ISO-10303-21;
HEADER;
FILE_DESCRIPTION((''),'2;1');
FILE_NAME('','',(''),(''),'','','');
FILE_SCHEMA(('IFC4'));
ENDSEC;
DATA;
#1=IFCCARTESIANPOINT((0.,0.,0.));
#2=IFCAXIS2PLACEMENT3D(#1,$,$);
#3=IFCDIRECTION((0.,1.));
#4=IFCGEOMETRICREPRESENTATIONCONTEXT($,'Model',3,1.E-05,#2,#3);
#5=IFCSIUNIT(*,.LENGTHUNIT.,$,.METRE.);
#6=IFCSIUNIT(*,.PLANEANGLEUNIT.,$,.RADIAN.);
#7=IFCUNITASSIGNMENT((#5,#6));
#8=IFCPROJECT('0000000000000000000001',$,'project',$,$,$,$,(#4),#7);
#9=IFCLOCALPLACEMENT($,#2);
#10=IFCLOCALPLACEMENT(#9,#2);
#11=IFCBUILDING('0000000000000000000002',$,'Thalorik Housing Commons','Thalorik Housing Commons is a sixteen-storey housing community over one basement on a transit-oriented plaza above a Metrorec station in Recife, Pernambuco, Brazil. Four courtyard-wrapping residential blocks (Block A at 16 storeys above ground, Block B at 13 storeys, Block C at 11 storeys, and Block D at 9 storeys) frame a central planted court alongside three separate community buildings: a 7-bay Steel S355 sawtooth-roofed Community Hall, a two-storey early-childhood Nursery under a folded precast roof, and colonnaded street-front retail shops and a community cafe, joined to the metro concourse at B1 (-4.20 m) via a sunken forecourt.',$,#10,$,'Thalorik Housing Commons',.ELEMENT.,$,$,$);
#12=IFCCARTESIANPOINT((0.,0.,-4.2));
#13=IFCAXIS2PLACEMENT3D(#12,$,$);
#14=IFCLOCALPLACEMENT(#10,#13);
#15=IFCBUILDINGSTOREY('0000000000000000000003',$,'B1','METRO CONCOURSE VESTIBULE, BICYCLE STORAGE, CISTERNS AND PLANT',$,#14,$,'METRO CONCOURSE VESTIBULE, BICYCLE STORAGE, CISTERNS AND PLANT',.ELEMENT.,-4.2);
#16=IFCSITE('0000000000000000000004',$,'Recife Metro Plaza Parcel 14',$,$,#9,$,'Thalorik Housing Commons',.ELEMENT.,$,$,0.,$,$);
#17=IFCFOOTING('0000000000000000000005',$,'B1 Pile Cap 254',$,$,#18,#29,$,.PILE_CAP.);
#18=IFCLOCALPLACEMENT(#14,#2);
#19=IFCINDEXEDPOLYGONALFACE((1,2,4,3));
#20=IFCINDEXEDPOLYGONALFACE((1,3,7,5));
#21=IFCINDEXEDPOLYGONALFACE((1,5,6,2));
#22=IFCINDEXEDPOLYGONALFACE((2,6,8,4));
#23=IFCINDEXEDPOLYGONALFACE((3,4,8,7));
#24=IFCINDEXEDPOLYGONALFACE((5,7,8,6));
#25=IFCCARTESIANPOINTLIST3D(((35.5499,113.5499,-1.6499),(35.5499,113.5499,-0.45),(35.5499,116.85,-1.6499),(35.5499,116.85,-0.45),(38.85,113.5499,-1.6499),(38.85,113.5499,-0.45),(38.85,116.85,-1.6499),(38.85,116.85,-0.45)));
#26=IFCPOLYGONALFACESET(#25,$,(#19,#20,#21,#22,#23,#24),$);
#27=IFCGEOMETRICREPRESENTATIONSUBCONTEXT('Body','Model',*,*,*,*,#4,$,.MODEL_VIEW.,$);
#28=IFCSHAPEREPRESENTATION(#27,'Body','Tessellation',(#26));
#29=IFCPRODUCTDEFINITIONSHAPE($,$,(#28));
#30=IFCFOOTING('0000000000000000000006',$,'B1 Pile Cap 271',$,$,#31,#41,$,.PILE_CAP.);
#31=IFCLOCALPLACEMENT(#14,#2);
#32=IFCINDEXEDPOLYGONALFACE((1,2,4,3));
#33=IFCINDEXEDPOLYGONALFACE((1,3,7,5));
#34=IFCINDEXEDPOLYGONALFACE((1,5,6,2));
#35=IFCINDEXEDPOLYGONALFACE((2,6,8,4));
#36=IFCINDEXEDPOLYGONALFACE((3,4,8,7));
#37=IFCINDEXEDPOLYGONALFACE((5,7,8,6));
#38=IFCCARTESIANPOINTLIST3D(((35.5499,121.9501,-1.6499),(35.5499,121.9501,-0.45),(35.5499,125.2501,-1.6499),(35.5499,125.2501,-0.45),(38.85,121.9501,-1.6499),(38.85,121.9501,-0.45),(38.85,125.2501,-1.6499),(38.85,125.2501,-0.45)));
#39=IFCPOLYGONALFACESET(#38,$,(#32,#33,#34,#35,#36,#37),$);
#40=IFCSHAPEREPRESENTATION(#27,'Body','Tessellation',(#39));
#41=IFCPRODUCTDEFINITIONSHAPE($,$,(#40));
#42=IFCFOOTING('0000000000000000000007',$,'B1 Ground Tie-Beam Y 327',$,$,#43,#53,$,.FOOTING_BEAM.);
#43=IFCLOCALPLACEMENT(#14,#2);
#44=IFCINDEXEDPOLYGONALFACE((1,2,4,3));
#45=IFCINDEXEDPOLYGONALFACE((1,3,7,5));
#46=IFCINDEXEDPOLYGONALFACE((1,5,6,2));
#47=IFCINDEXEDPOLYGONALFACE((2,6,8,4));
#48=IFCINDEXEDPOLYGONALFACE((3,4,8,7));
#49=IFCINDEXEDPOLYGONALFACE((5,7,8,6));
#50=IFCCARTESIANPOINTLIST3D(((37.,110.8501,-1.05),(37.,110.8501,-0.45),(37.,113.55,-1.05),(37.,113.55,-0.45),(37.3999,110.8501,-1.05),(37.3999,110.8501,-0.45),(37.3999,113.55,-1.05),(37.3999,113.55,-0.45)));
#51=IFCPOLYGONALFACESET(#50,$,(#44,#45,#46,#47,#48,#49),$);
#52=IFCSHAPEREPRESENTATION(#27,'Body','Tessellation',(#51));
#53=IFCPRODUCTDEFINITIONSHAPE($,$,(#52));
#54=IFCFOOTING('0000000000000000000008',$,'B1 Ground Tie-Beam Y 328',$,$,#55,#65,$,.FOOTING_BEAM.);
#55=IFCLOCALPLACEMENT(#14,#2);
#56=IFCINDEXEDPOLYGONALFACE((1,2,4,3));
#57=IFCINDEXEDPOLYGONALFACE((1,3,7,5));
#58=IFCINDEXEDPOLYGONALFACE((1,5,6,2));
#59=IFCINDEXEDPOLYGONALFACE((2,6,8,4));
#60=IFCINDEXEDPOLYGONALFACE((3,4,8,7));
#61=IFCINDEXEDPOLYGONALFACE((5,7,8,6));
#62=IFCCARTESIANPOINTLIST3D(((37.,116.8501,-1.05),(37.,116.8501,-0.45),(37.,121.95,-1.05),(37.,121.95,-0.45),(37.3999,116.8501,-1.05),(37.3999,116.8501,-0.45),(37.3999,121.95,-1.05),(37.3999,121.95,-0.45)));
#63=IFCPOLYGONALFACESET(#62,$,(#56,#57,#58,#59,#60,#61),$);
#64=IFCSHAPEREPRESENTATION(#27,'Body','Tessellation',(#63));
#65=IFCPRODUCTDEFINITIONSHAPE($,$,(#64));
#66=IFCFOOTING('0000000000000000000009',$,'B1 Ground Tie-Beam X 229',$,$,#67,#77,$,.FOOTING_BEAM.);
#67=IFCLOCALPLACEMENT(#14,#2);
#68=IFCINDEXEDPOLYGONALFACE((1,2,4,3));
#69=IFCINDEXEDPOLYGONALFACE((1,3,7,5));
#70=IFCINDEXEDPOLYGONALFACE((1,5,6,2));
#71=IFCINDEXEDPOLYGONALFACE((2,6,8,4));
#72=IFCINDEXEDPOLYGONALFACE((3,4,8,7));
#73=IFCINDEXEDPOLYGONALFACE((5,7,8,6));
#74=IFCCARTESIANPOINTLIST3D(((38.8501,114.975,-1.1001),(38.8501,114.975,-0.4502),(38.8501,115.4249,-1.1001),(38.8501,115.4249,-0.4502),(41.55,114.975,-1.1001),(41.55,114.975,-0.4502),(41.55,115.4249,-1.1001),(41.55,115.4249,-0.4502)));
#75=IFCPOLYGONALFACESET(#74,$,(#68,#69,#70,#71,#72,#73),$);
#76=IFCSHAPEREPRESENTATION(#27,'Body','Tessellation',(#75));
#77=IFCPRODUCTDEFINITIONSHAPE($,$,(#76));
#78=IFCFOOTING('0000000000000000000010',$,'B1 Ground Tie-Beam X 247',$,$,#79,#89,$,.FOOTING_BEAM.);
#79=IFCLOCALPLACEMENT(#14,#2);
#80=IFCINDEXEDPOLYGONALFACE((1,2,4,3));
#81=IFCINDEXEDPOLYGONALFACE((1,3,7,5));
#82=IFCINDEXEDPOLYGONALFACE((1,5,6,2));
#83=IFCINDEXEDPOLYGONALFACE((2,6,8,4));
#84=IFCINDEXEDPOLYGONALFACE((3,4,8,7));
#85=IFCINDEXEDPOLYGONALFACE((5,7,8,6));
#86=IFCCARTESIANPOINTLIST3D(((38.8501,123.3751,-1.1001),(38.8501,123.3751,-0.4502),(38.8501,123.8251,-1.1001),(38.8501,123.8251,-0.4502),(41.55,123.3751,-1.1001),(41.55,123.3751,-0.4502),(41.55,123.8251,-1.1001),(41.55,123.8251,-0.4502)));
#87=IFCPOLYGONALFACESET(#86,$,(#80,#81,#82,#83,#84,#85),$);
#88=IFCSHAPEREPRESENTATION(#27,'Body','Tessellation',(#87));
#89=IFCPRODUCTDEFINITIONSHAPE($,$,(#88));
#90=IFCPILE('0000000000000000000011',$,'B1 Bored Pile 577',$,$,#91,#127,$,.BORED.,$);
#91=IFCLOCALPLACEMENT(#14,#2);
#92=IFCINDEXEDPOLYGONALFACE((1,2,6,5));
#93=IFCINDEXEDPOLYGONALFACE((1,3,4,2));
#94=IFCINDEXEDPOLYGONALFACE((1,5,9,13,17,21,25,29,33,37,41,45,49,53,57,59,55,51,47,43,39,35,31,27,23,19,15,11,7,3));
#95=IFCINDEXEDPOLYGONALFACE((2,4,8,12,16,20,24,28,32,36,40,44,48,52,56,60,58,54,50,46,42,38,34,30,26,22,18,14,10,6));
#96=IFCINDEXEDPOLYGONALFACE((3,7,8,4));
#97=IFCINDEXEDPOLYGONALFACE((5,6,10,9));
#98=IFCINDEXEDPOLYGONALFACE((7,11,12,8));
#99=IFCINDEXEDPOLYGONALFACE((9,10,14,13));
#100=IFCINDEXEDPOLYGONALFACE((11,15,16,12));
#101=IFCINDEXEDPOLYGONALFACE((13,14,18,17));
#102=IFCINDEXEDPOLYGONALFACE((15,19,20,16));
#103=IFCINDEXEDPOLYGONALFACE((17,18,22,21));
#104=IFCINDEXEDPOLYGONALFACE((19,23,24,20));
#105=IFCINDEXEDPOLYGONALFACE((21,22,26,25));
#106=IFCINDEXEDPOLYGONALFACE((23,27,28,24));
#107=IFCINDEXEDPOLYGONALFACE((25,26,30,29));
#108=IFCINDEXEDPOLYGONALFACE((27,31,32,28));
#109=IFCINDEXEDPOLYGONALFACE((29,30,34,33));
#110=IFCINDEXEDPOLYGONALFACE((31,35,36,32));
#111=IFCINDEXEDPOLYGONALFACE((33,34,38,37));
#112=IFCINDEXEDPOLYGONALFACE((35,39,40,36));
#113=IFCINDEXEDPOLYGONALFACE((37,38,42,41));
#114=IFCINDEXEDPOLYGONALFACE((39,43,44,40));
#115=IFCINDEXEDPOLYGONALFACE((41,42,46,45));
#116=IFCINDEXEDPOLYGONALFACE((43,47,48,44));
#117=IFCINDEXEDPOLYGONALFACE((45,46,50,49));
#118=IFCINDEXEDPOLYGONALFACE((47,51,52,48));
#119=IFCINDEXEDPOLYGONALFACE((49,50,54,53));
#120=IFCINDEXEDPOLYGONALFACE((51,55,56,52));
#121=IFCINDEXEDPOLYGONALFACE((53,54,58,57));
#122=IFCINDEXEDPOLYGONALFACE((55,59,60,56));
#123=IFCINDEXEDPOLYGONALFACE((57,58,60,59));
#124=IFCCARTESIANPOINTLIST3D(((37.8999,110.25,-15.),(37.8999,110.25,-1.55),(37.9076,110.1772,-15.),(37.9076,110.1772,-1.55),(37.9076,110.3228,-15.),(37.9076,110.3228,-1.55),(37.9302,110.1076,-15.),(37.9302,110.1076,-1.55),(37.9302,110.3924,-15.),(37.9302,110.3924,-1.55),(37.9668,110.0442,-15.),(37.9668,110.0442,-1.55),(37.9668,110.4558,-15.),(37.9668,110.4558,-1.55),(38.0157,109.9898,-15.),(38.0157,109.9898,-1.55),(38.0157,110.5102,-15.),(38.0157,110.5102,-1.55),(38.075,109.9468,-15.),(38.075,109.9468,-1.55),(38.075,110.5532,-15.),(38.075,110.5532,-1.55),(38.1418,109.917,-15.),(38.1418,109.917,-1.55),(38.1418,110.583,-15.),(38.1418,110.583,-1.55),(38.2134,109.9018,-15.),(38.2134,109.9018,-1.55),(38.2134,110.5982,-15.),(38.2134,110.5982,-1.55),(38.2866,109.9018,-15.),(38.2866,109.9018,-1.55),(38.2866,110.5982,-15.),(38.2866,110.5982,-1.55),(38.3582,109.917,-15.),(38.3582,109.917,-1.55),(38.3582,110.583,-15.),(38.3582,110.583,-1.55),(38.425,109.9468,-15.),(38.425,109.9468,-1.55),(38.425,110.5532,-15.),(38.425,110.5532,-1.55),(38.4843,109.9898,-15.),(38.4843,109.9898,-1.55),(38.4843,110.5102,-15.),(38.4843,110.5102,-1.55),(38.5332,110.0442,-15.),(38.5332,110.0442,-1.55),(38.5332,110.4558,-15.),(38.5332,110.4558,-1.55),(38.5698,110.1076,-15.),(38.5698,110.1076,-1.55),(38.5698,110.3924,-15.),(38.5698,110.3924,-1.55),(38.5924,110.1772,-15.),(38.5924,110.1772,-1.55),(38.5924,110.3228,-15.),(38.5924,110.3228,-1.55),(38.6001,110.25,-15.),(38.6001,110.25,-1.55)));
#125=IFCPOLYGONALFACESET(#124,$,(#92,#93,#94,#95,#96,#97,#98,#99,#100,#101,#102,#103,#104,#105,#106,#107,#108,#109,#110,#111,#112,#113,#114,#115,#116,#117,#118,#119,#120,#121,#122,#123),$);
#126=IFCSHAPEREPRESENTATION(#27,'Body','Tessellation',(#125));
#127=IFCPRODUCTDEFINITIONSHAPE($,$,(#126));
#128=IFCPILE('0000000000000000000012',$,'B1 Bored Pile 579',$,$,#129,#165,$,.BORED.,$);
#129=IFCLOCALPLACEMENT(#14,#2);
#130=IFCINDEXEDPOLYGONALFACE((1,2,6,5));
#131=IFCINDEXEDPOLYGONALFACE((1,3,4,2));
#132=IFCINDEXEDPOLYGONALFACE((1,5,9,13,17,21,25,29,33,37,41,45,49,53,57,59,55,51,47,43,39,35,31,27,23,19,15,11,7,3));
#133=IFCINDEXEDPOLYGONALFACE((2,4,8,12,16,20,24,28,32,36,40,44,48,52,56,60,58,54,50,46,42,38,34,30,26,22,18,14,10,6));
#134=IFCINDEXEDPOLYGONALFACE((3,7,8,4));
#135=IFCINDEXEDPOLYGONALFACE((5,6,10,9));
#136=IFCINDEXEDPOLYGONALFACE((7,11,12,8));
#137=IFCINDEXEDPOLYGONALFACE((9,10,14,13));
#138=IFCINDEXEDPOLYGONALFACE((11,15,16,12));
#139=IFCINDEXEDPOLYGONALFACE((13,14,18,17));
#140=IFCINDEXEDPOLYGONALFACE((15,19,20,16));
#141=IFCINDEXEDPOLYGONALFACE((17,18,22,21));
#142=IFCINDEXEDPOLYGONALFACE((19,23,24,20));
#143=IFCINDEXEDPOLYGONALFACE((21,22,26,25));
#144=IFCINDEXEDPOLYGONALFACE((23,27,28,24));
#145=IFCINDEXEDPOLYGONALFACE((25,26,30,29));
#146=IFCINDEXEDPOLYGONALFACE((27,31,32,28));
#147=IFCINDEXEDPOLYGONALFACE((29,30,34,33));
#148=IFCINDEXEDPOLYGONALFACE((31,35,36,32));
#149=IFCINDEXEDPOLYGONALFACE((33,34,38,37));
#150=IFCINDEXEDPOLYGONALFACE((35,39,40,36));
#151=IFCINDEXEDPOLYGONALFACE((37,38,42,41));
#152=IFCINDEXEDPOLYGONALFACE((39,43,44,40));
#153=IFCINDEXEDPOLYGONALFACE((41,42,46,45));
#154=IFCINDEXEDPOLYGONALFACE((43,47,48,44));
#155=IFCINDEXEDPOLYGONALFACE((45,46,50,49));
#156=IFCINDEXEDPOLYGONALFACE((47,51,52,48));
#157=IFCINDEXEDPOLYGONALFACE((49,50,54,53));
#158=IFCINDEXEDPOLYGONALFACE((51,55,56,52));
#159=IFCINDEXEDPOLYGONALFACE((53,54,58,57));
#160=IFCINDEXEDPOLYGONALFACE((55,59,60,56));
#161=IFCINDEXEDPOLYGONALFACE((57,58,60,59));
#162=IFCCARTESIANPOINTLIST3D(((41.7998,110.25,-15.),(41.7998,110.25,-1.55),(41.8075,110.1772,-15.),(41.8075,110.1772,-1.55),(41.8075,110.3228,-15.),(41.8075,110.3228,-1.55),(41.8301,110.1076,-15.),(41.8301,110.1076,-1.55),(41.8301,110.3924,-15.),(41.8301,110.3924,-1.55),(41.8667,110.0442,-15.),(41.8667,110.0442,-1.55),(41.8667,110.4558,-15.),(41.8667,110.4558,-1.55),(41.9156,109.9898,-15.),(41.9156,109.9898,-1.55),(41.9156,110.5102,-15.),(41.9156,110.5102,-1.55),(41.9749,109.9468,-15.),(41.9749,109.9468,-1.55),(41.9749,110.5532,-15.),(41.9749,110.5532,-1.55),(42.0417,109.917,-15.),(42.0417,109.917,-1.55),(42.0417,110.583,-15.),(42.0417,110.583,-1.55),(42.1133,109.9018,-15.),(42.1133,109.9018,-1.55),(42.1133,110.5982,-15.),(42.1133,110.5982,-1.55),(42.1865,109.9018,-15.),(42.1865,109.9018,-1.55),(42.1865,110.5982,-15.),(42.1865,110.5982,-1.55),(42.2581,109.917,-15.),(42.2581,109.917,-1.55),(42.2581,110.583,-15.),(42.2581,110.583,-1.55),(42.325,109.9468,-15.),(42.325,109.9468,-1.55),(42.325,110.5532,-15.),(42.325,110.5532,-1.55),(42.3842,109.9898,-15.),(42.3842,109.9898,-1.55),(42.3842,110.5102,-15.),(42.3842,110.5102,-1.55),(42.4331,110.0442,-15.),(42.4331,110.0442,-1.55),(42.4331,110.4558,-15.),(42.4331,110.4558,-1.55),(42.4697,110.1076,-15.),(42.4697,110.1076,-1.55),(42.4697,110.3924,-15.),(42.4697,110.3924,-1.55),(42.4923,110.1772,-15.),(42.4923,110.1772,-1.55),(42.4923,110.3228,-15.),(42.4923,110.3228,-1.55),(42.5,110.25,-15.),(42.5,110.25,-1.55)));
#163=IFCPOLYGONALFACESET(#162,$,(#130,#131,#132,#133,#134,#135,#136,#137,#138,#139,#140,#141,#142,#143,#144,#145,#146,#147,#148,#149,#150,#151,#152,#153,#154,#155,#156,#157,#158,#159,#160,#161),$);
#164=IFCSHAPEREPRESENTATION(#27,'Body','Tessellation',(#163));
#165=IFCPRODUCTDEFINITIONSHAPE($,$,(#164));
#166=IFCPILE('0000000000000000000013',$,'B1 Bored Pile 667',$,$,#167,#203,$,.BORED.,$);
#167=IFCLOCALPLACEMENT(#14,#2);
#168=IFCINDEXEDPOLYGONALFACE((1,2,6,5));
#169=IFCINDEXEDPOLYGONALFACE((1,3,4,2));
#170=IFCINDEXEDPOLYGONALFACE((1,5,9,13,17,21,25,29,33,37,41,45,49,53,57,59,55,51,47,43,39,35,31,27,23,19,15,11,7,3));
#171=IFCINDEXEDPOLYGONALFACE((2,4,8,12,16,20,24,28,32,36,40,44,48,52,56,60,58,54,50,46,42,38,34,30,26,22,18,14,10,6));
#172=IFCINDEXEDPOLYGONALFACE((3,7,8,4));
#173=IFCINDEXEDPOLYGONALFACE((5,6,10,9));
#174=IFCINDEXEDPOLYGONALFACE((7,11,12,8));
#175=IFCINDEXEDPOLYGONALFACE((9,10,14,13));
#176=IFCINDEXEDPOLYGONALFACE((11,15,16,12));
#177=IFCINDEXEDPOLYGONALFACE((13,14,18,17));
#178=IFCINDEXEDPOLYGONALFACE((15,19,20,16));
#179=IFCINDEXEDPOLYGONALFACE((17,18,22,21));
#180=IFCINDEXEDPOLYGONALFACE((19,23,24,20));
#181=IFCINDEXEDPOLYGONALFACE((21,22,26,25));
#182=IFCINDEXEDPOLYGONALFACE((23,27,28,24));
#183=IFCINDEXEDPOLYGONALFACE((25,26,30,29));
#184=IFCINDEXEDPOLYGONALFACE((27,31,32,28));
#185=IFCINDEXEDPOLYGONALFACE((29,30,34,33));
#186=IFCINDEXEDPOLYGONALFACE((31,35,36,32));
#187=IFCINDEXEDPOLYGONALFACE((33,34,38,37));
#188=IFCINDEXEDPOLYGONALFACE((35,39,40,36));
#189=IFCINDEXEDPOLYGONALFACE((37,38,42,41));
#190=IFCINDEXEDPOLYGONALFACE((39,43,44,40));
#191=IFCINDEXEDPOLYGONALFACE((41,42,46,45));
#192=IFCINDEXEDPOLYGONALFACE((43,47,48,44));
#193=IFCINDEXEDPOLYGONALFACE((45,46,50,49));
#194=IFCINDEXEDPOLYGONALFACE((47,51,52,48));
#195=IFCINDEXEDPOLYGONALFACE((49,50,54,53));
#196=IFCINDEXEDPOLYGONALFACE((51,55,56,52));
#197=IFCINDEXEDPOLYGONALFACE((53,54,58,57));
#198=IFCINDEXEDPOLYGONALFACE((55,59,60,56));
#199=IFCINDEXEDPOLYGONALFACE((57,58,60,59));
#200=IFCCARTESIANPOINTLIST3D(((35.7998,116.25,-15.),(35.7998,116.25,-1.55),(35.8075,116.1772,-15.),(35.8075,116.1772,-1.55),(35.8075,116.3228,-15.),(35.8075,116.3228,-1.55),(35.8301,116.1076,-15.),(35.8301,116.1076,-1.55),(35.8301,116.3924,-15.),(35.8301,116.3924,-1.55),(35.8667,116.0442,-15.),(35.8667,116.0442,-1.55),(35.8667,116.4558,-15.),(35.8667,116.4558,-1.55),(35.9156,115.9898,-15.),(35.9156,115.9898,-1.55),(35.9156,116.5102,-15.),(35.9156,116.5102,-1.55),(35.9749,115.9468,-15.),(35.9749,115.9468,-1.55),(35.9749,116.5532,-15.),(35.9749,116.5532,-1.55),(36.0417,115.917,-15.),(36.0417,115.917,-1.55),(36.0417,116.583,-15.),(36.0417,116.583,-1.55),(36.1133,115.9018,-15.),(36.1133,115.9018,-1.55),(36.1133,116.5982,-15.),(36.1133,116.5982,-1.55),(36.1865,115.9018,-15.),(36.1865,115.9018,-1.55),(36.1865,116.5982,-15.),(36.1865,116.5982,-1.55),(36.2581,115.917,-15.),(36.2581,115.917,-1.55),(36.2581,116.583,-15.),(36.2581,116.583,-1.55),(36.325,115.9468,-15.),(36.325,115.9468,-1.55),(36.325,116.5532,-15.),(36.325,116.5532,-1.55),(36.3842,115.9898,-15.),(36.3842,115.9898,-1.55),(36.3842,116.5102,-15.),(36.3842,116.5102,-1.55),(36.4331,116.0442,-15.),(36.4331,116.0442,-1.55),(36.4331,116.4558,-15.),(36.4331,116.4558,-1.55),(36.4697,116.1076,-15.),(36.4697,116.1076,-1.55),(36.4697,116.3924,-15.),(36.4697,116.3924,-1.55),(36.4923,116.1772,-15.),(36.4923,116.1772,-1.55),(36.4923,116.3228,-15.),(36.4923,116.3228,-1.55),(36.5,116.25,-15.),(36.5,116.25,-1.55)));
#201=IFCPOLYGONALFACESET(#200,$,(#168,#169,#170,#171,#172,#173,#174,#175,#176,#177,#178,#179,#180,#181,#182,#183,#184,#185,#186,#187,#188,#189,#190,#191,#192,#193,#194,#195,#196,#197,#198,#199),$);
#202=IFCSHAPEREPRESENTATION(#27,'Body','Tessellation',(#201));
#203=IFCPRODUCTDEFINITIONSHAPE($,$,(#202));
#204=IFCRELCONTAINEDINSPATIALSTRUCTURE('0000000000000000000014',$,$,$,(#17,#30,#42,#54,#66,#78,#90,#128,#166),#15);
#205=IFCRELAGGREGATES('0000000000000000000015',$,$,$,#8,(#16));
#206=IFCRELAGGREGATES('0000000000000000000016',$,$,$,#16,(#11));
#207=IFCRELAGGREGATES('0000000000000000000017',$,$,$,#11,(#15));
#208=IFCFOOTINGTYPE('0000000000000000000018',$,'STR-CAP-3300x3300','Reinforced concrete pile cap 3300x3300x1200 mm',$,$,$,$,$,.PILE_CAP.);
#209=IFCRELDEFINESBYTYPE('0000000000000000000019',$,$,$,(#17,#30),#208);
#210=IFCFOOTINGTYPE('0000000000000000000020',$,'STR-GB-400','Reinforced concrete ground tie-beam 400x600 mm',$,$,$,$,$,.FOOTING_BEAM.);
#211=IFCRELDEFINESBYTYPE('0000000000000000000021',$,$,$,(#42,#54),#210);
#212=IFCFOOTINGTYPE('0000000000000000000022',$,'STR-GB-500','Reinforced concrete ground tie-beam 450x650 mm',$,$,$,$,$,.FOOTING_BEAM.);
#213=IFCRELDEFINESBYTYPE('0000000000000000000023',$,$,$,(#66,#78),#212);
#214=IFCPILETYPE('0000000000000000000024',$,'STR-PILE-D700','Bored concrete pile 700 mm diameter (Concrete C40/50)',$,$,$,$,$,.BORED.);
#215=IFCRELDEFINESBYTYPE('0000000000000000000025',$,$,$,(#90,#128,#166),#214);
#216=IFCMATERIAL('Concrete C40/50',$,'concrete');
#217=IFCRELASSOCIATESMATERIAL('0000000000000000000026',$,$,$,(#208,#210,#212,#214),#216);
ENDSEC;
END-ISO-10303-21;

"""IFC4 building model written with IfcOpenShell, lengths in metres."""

from ifc_helpers import new_model, si_unit, direction, frame, origin, origin_2d, place, context, subcontext, project, spatial, rectangle, circle, extrude, material, material_profile, profile_set, type_object, element, save


model = new_model("IFC4")

# Units and contexts
model_context = context("Model", 3, precision=1e-05, world=origin(), true_north=direction((0.0, 1.0)))
body_context = subcontext(model_context, "Body", "Model", "MODEL_VIEW")
ifc_project = project(units=[si_unit("LENGTHUNIT", "METRE"), si_unit("PLANEANGLEUNIT", "RADIAN")], contexts=[model_context])

# Site, building, storey
site_placement = place(None, origin())
site = spatial("IfcSite", under=ifc_project, at=site_placement, Name="Recife Metro Plaza Parcel 14", LongName="Thalorik Housing Commons", CompositionType="ELEMENT", RefElevation=0.0)
building_placement = place(site_placement, origin())
building = spatial("IfcBuilding", under=site, at=building_placement, Name="Thalorik Housing Commons", Description="Thalorik Housing Commons is a sixteen-storey housing community over one basement on a transit-oriented plaza above a Metrorec station in Recife, Pernambuco, Brazil. Four courtyard-wrapping residential blocks (Block A at 16 storeys above ground, Block B at 13 storeys, Block C at 11 storeys, and Block D at 9 storeys) frame a central planted court alongside three separate community buildings: a 7-bay Steel S355 sawtooth-roofed Community Hall, a two-storey early-childhood Nursery under a folded precast roof, and colonnaded street-front retail shops and a community cafe, joined to the metro concourse at B1 (-4.20 m) via a sunken forecourt.", LongName="Thalorik Housing Commons", CompositionType="ELEMENT")
storey_placement = place(building_placement, frame((0.0, 0.0, -4.2)))
storey = spatial("IfcBuildingStorey", under=building, at=storey_placement, Name="B1", Description="METRO CONCOURSE VESTIBULE, BICYCLE STORAGE, CISTERNS AND PLANT", LongName="METRO CONCOURSE VESTIBULE, BICYCLE STORAGE, CISTERNS AND PLANT", CompositionType="ELEMENT", Elevation=-4.2)

# Footings
ifc_material_1 = material(Name="Concrete C40/50", Category="concrete")
footing_type_1 = type_object("IfcFootingType", Name="STR-CAP-3300x3300", Description="Reinforced concrete pile cap 3300x3300x1200 mm", PredefinedType="PILE_CAP", material=ifc_material_1)
for number, where, z_axis, x_axis, name in (
    (1, (37.2, 115.2, -1.6499), (0.0, 0.0, 1.0), (1.0, 0.0, 0.0), "B1 Pile Cap 254"),
    (2, (37.2, 123.6001, -1.6499), (0.0, 0.0, 1.0), (1.0, 0.0, 0.0), "B1 Pile Cap 271"),
):
    element("IfcFooting", number, at=place(storey_placement, frame(where, z_axis=z_axis, x_axis=x_axis)), inside=storey, type_object=footing_type_1, Name=name, PredefinedType="PILE_CAP", context=body_context, shape_type="SweptSolid", body=[
        extrude(rectangle(XDim=3.3, YDim=3.3, at=origin_2d()), origin(), (0.0, 0.0, 1.0), 1.2),
    ])
ifc_material_profile_1 = material_profile(ifc_material_1, rectangle(XDim=0.3999, YDim=0.6001, at=origin_2d()), Name="RC 400x600", Category="concrete")
ifc_profile_set_1 = profile_set([ifc_material_profile_1], Name="Concrete C40/50")
footing_type_2 = type_object("IfcFootingType", Name="STR-GB-400", Description="Reinforced concrete ground tie-beam 400x600 mm", PredefinedType="FOOTING_BEAM", material=ifc_profile_set_1)
footing_1_placement = place(storey_placement, frame((37.2, 110.8501, -0.75), z_axis=(0.0, 1.0, 0.0), x_axis=(-1.0, 0.0, 0.0)))
element("IfcFooting", 3, at=footing_1_placement, inside=storey, type_object=footing_type_2, Name="B1 Ground Tie-Beam Y 327", PredefinedType="FOOTING_BEAM", context=body_context, shape_type="SweptSolid", body=[
    extrude(rectangle(XDim=0.3999, YDim=0.6001, at=origin_2d()), origin(), (0.0, 0.0, 1.0), 2.7),
])
footing_2_placement = place(storey_placement, frame((37.2, 116.8501, -0.75), z_axis=(0.0, 1.0, 0.0), x_axis=(-1.0, 0.0, 0.0)))
element("IfcFooting", 4, at=footing_2_placement, inside=storey, type_object=footing_type_2, Name="B1 Ground Tie-Beam Y 328", PredefinedType="FOOTING_BEAM", context=body_context, shape_type="SweptSolid", body=[
    extrude(rectangle(XDim=0.3999, YDim=0.6001, at=origin_2d()), origin(), (0.0, 0.0, 1.0), 5.0999),
])
ifc_material_profile_2 = material_profile(ifc_material_1, rectangle(XDim=0.45, YDim=0.6499, at=origin_2d()), Name="RC 450x650", Category="concrete")
ifc_profile_set_2 = profile_set([ifc_material_profile_2], Name="Concrete C40/50")
footing_type_3 = type_object("IfcFootingType", Name="STR-GB-500", Description="Reinforced concrete ground tie-beam 450x650 mm", PredefinedType="FOOTING_BEAM", material=ifc_profile_set_2)
for number, where, z_axis, x_axis, name in (
    (5, (38.8501, 115.2, -0.7751), (1.0, 0.0, 0.0), (0.0, 1.0, 0.0), "B1 Ground Tie-Beam X 229"),
    (6, (38.8501, 123.6001, -0.7751), (1.0, 0.0, 0.0), (0.0, 1.0, 0.0), "B1 Ground Tie-Beam X 247"),
):
    element("IfcFooting", number, at=place(storey_placement, frame(where, z_axis=z_axis, x_axis=x_axis)), inside=storey, type_object=footing_type_3, Name=name, PredefinedType="FOOTING_BEAM", context=body_context, shape_type="SweptSolid", body=[
        extrude(rectangle(XDim=0.45, YDim=0.6499, at=origin_2d()), origin(), (0.0, 0.0, 1.0), 2.7),
    ])

# Piles
ifc_material_profile_3 = material_profile(ifc_material_1, circle(Radius=0.3501, at=origin_2d()), Name="BORED PILE D700", Category="concrete")
ifc_profile_set_3 = profile_set([ifc_material_profile_3], Name="Concrete C40/50")
pile_type = type_object("IfcPileType", Name="STR-PILE-D700", Description="Bored concrete pile 700 mm diameter (Concrete C40/50)", PredefinedType="BORED", material=ifc_profile_set_3)
for number, where, z_axis, x_axis, name in (
    (7, (38.25, 110.25, -1.55), (0.0, 0.0, -1.0), (1.0, 0.0, 0.0), "B1 Bored Pile 577"),
    (8, (42.1499, 110.25, -1.55), (0.0, 0.0, -1.0), (1.0, 0.0, 0.0), "B1 Bored Pile 579"),
    (9, (36.1499, 116.25, -1.55), (0.0, 0.0, -1.0), (1.0, 0.0, 0.0), "B1 Bored Pile 667"),
):
    element("IfcPile", number, at=place(storey_placement, frame(where, z_axis=z_axis, x_axis=x_axis)), inside=storey, type_object=pile_type, Name=name, PredefinedType="BORED", context=body_context, shape_type="SweptSolid", body=[
        extrude(circle(Radius=0.3501, at=origin_2d()), origin(), (0.0, 0.0, 1.0), 13.45),
    ])

save(model, "model.ifc")
